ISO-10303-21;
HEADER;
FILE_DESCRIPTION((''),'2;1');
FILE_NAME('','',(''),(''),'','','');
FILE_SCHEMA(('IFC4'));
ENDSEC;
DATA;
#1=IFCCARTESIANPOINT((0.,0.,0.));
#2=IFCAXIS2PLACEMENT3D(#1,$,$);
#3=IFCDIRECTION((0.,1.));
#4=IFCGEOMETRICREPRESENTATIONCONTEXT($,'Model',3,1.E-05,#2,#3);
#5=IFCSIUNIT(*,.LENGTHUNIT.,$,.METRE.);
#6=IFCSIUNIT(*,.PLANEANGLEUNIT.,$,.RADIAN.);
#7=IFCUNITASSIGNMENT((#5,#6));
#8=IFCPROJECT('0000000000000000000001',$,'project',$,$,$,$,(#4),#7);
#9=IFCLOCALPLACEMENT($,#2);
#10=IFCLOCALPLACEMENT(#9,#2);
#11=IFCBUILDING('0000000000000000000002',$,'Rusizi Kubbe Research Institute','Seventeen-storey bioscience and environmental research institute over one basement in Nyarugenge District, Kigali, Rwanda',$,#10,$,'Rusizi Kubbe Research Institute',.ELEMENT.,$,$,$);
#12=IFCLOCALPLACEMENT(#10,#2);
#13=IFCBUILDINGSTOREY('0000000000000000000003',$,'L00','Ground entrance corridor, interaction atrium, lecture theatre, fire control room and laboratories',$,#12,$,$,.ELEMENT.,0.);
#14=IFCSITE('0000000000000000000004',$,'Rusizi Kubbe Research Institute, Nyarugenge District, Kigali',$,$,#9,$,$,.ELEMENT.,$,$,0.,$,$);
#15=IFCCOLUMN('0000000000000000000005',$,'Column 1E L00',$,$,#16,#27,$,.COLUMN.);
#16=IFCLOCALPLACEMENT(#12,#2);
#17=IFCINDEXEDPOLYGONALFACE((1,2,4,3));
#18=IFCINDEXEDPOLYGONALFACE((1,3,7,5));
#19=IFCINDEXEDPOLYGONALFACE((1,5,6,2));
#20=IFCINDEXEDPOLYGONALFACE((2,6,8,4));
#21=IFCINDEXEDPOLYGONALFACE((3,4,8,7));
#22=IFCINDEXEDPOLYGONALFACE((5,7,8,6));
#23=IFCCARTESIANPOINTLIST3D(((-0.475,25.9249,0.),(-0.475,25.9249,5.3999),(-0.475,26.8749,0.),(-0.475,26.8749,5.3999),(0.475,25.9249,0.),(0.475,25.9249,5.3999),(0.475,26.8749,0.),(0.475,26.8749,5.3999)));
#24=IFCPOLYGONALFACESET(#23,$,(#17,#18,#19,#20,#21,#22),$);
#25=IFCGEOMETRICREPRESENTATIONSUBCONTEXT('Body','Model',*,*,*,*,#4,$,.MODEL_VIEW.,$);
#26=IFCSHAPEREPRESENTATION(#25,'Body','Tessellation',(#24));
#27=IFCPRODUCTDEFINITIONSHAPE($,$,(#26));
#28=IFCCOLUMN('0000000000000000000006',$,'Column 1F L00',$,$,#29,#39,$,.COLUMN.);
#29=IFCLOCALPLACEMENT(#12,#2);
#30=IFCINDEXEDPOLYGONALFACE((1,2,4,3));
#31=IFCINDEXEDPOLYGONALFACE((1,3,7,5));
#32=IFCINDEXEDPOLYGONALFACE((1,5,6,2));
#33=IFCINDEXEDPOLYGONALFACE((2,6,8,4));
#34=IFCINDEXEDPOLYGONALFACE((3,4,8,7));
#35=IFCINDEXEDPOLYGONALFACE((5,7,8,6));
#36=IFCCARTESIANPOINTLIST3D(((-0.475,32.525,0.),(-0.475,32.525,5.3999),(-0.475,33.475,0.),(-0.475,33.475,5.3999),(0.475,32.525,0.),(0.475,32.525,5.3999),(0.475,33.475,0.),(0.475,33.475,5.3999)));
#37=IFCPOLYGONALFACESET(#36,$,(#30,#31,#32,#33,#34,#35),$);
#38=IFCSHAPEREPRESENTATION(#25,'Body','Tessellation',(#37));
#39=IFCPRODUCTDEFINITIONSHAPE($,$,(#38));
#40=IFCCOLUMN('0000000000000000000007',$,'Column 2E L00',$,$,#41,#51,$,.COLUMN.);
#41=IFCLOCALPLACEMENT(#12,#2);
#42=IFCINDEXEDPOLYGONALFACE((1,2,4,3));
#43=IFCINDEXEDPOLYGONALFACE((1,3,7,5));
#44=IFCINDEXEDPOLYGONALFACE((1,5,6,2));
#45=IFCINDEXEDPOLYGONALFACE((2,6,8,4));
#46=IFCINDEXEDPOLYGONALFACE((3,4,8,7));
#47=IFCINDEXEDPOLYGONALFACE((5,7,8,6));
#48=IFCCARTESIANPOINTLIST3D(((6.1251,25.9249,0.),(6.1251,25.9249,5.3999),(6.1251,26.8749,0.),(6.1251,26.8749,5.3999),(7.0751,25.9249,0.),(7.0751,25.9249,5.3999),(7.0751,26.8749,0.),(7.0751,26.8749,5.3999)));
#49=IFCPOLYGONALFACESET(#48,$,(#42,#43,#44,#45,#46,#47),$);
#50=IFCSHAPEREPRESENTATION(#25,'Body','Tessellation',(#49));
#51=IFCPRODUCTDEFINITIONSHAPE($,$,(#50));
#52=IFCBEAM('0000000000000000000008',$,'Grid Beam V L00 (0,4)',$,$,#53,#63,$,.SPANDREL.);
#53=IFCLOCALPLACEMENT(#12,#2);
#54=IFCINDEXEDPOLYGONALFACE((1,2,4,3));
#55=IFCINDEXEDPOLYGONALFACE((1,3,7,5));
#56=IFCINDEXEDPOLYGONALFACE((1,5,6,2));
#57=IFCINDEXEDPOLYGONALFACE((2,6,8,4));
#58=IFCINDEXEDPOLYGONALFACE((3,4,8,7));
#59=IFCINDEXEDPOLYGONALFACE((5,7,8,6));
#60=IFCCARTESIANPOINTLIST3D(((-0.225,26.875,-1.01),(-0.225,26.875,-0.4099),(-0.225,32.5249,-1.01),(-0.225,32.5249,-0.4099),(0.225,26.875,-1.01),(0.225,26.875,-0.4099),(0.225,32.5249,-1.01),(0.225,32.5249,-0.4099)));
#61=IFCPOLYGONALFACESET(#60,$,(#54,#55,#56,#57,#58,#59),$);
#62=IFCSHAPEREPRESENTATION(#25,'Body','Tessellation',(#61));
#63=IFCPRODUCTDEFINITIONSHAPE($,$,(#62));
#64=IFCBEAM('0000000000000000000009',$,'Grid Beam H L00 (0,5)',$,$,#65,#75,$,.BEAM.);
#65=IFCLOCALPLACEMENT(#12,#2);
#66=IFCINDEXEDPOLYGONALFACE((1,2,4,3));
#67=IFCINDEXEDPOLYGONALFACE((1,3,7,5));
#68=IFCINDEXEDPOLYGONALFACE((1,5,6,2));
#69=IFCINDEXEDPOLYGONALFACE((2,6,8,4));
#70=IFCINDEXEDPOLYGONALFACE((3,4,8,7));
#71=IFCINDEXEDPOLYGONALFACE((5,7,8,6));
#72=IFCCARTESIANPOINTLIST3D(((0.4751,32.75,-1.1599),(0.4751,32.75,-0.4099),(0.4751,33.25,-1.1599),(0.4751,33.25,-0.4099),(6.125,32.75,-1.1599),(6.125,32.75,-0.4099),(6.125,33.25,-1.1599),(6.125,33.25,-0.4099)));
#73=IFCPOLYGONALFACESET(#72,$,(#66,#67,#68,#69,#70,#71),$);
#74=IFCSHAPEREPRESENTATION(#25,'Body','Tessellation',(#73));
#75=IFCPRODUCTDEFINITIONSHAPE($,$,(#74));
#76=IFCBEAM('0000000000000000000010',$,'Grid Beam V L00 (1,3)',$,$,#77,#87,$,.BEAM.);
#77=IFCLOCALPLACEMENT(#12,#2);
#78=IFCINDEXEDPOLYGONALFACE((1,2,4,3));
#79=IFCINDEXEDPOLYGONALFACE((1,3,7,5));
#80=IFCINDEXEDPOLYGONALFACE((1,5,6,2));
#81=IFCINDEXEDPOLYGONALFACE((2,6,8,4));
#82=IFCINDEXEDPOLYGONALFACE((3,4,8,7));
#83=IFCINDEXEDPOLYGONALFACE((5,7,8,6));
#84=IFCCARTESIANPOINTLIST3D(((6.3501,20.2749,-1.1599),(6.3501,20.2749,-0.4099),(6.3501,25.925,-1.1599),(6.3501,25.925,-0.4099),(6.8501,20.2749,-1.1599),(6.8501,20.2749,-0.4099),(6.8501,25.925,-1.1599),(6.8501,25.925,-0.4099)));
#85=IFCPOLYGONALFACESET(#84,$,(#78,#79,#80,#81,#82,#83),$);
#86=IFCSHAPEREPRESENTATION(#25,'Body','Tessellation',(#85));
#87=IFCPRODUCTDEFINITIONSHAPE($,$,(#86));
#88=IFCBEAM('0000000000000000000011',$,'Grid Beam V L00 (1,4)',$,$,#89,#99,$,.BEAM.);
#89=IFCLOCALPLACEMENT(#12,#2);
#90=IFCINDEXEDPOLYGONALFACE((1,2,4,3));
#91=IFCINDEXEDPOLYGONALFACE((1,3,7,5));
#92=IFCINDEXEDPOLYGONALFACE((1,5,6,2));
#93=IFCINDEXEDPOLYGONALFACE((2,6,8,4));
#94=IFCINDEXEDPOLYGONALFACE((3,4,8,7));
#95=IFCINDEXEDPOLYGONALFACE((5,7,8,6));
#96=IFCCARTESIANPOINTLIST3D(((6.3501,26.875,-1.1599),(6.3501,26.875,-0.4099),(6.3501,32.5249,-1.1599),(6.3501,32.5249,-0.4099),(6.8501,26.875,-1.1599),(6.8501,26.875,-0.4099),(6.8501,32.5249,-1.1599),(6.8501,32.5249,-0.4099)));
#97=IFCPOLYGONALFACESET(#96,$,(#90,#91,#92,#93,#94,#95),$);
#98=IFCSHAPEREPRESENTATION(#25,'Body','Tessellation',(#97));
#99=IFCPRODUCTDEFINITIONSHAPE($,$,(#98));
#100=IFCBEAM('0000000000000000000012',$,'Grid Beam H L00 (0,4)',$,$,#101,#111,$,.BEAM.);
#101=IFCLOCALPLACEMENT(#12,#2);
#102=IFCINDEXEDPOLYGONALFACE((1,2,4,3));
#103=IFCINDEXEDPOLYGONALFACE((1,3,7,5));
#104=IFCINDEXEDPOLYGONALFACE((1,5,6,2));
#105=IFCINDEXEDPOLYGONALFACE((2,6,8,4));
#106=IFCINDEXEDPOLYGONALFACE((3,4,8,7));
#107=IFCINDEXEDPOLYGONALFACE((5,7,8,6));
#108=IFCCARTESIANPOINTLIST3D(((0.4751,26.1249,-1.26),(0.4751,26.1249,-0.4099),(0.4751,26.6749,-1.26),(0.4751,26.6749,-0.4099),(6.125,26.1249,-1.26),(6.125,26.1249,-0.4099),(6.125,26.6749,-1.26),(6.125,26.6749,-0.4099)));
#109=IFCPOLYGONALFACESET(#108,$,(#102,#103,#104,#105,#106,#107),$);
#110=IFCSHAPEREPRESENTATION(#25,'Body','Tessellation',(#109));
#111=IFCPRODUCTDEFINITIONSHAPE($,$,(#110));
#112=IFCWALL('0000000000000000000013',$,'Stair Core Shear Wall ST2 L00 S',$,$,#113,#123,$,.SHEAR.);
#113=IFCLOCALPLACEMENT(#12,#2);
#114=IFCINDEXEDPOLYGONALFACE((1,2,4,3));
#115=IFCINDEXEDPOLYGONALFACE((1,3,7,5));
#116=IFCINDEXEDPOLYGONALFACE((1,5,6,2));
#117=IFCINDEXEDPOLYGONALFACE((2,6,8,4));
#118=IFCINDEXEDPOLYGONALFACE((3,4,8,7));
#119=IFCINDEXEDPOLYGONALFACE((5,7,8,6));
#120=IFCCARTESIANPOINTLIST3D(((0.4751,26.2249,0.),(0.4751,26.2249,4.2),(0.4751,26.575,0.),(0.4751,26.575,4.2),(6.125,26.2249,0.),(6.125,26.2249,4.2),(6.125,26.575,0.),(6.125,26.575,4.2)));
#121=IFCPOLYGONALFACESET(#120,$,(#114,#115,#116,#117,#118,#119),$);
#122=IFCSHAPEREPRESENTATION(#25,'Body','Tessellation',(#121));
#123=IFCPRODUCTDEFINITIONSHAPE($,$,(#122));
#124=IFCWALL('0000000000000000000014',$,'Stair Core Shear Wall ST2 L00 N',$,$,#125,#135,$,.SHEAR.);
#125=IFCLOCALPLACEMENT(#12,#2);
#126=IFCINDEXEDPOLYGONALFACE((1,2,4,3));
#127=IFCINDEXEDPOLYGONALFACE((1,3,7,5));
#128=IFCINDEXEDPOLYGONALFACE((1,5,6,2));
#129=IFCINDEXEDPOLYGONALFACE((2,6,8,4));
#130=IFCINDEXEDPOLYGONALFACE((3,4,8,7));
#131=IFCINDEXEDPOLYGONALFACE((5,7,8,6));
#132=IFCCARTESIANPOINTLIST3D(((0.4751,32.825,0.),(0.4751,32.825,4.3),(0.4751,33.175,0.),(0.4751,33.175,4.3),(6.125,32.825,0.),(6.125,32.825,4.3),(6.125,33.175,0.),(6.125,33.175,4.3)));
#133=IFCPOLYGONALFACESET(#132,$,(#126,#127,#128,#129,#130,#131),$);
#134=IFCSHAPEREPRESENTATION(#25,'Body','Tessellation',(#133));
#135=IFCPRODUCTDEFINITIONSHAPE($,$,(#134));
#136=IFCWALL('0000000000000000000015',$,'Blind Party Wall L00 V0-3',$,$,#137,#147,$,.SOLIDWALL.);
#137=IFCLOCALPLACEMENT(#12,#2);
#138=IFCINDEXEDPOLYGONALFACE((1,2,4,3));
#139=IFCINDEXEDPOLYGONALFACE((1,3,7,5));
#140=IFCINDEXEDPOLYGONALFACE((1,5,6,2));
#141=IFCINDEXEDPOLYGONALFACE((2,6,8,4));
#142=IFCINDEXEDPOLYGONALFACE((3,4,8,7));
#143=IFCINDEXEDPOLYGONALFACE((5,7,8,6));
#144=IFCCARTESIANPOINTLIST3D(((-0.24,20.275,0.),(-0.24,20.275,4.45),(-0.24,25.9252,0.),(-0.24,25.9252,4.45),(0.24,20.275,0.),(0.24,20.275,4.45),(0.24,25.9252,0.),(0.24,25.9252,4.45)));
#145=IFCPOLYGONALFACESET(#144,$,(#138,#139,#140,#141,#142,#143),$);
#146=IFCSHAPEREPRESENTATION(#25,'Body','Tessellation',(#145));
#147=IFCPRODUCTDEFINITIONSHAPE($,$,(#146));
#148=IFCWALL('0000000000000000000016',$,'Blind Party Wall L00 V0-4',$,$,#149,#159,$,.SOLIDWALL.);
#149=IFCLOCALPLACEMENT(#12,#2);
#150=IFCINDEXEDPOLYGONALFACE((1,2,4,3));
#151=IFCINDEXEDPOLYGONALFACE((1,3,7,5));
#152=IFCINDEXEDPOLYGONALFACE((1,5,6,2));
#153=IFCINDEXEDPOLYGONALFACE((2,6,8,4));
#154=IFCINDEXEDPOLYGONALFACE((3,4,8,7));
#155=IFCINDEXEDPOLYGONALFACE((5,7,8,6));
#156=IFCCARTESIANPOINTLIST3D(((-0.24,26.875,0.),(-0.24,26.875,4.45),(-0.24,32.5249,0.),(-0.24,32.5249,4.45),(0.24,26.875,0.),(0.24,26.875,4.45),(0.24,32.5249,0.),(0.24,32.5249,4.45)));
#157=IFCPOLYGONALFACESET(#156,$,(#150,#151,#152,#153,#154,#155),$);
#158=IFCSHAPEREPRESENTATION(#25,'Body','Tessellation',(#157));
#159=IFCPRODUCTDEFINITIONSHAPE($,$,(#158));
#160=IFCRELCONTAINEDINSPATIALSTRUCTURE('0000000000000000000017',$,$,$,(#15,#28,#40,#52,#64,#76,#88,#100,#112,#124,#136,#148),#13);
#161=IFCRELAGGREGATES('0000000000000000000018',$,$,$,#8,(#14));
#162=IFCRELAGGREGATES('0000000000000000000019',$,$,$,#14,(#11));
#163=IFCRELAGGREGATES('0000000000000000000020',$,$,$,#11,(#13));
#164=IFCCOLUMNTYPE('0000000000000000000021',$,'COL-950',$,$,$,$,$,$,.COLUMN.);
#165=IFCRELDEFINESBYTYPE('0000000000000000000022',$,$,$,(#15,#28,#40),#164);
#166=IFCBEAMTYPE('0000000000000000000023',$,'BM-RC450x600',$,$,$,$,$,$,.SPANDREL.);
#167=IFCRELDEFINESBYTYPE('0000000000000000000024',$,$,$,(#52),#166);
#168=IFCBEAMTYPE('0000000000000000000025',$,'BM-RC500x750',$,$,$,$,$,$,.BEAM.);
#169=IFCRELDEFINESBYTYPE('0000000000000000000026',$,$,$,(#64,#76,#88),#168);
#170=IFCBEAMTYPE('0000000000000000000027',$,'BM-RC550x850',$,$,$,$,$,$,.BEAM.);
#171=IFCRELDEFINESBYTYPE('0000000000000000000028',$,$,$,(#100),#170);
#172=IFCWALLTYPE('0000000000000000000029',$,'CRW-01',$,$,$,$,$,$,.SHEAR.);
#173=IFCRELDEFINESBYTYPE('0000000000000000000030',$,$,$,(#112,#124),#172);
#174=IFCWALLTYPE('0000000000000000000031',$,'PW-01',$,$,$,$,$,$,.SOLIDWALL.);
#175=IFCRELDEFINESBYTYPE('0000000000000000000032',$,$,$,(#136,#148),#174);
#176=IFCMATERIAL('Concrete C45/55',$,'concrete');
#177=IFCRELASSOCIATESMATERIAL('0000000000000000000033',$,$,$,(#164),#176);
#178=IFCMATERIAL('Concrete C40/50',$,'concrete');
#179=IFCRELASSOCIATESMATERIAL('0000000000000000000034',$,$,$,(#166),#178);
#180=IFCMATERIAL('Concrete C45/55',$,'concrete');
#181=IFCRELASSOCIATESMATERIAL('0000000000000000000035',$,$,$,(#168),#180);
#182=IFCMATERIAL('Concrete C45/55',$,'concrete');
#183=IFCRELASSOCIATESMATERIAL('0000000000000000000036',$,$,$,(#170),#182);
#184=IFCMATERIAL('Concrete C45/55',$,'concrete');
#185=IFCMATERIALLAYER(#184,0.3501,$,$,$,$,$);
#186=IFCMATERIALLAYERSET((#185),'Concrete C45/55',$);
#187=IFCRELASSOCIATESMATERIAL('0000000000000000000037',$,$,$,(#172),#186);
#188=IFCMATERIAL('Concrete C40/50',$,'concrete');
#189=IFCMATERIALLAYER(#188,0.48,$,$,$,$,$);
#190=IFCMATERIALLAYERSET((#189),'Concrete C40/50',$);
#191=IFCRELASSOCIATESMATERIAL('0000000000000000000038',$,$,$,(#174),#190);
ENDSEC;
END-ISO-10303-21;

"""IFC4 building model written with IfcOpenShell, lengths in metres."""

from ifc_helpers import new_model, si_unit, direction, frame, frame_2d, origin, origin_2d, place, context, subcontext, project, spatial, rectangle, extrude, material, layer, layer_set, material_profile, profile_set, type_object, element, save


model = new_model("IFC4")

# Units and contexts
model_context = context("Model", 3, precision=1e-05, world=origin(), true_north=direction((0.0, 1.0)))
body_context = subcontext(model_context, "Body", "Model", "MODEL_VIEW")
ifc_project = project(units=[si_unit("LENGTHUNIT", "METRE"), si_unit("PLANEANGLEUNIT", "RADIAN")], contexts=[model_context])

# Site, building, storey
site_placement = place(None, origin())
site = spatial("IfcSite", under=ifc_project, at=site_placement, Name="Rusizi Kubbe Research Institute, Nyarugenge District, Kigali", CompositionType="ELEMENT", RefElevation=0.0)
building_placement = place(site_placement, origin())
building = spatial("IfcBuilding", under=site, at=building_placement, Name="Rusizi Kubbe Research Institute", Description="Seventeen-storey bioscience and environmental research institute over one basement in Nyarugenge District, Kigali, Rwanda", LongName="Rusizi Kubbe Research Institute", CompositionType="ELEMENT")
storey_placement = place(building_placement, origin())
storey = spatial("IfcBuildingStorey", under=building, at=storey_placement, Name="L00", Description="Ground entrance corridor, interaction atrium, lecture theatre, fire control room and laboratories", CompositionType="ELEMENT", Elevation=0.0)

# Columns
ifc_material_1 = material(Name="Concrete C45/55", Category="concrete")
ifc_material_profile_1 = material_profile(ifc_material_1, rectangle(XDim=0.95, YDim=0.95, at=origin_2d()), Name="RC950x950")
ifc_profile_set_1 = profile_set([ifc_material_profile_1], Name="Concrete C45/55")
column_type = type_object("IfcColumnType", Name="COL-950", PredefinedType="COLUMN", material=ifc_profile_set_1)
for number, where, z_axis, x_axis, name in (
    (1, (0.0, 26.3999, 0.0), (0.0, 0.0, 1.0), (1.0, 0.0, 0.0), "Column 1E L00"),
    (2, (0.0, 33.0, 0.0), (0.0, 0.0, 1.0), (1.0, 0.0, 0.0), "Column 1F L00"),
    (3, (6.6001, 26.3999, 0.0), (0.0, 0.0, 1.0), (1.0, 0.0, 0.0), "Column 2E L00"),
):
    element("IfcColumn", number, at=place(storey_placement, frame(where, z_axis=z_axis, x_axis=x_axis)), inside=storey, type_object=column_type, Name=name, PredefinedType="COLUMN", context=body_context, shape_type="SweptSolid", body=[
        extrude(rectangle(XDim=0.95, YDim=0.95, at=origin_2d()), origin(), (0.0, 0.0, 1.0), 5.3999),
    ])

# Beams
ifc_material_2 = material(Name="Concrete C40/50", Category="concrete")
ifc_material_profile_2 = material_profile(ifc_material_2, rectangle(XDim=0.45, YDim=0.6001, at=origin_2d()), Name="RC450x600")
ifc_profile_set_2 = profile_set([ifc_material_profile_2], Name="Concrete C40/50")
beam_type_1 = type_object("IfcBeamType", Name="BM-RC450x600", PredefinedType="SPANDREL", material=ifc_profile_set_2)
beam_1_placement = place(storey_placement, frame((0.0, 26.875, -0.71), z_axis=(0.0, 1.0, 0.0), x_axis=(-1.0, 0.0, 0.0)))
element("IfcBeam", 4, at=beam_1_placement, inside=storey, type_object=beam_type_1, Name="Grid Beam V L00 (0,4)", PredefinedType="SPANDREL", context=body_context, shape_type="SweptSolid", body=[
    extrude(rectangle(XDim=0.45, YDim=0.6001, at=origin_2d()), origin(), (0.0, 0.0, 1.0), 5.6499),
])
ifc_material_3 = material(Name="Concrete C45/55", Category="concrete")
ifc_material_profile_3 = material_profile(ifc_material_3, rectangle(XDim=0.5, YDim=0.75, at=origin_2d()), Name="RC500x750B")
ifc_profile_set_3 = profile_set([ifc_material_profile_3], Name="Concrete C45/55")
beam_type_2 = type_object("IfcBeamType", Name="BM-RC500x750", PredefinedType="BEAM", material=ifc_profile_set_3)
beam_2_placement = place(storey_placement, frame((0.4751, 33.0, -0.7849), z_axis=(1.0, 0.0, 0.0), x_axis=(0.0, 1.0, 0.0)))
element("IfcBeam", 5, at=beam_2_placement, inside=storey, type_object=beam_type_2, Name="Grid Beam H L00 (0,5)", PredefinedType="BEAM", context=body_context, shape_type="SweptSolid", body=[
    extrude(rectangle(XDim=0.5, YDim=0.75, at=origin_2d()), origin(), (0.0, 0.0, 1.0), 5.6499),
])
beam_3_placement = place(storey_placement, frame((6.6001, 20.2749, -0.7849), z_axis=(0.0, 1.0, 0.0), x_axis=(-1.0, 0.0, 0.0)))
element("IfcBeam", 6, at=beam_3_placement, inside=storey, type_object=beam_type_2, Name="Grid Beam V L00 (1,3)", PredefinedType="BEAM", context=body_context, shape_type="SweptSolid", body=[
    extrude(rectangle(XDim=0.5, YDim=0.75, at=origin_2d()), origin(), (0.0, 0.0, 1.0), 5.6501),
])
beam_4_placement = place(storey_placement, frame((6.6001, 26.875, -0.7849), z_axis=(0.0, 1.0, 0.0), x_axis=(-1.0, 0.0, 0.0)))
element("IfcBeam", 7, at=beam_4_placement, inside=storey, type_object=beam_type_2, Name="Grid Beam V L00 (1,4)", PredefinedType="BEAM", context=body_context, shape_type="SweptSolid", body=[
    extrude(rectangle(XDim=0.5, YDim=0.75, at=origin_2d()), origin(), (0.0, 0.0, 1.0), 5.6499),
])
ifc_material_4 = material(Name="Concrete C45/55", Category="concrete")
ifc_material_profile_4 = material_profile(ifc_material_4, rectangle(XDim=0.55, YDim=0.8501, at=origin_2d()), Name="RC550x850")
ifc_profile_set_4 = profile_set([ifc_material_profile_4], Name="Concrete C45/55")
beam_type_3 = type_object("IfcBeamType", Name="BM-RC550x850", PredefinedType="BEAM", material=ifc_profile_set_4)
beam_5_placement = place(storey_placement, frame((0.4751, 26.3999, -0.835), z_axis=(1.0, 0.0, 0.0), x_axis=(0.0, 1.0, 0.0)))
element("IfcBeam", 8, at=beam_5_placement, inside=storey, type_object=beam_type_3, Name="Grid Beam H L00 (0,4)", PredefinedType="BEAM", context=body_context, shape_type="SweptSolid", body=[
    extrude(rectangle(XDim=0.55, YDim=0.8501, at=origin_2d()), origin(), (0.0, 0.0, 1.0), 5.6499),
])

# Walls
ifc_material_5 = material(Name="Concrete C45/55", Category="concrete")
ifc_layer_1 = layer(ifc_material_5, 0.3501)
ifc_layer_set_1 = layer_set([ifc_layer_1], Name="Concrete C45/55")
wall_type_1 = type_object("IfcWallType", Name="CRW-01", PredefinedType="SHEAR", material=ifc_layer_set_1)
wall_1_placement = place(storey_placement, frame((0.4751, 26.3999, 0.0), z_axis=(0.0, 0.0, 1.0), x_axis=(1.0, 0.0, 0.0)))
element("IfcWall", 9, at=wall_1_placement, inside=storey, type_object=wall_type_1, Name="Stair Core Shear Wall ST2 L00 S", PredefinedType="SHEAR", context=body_context, shape_type="SweptSolid", body=[
    extrude(rectangle(XDim=5.6499, YDim=0.3501, at=frame_2d((2.825, 0.0))), origin(), (0.0, 0.0, 1.0), 4.2),
])
wall_2_placement = place(storey_placement, frame((0.4751, 33.0, 0.0), z_axis=(0.0, 0.0, 1.0), x_axis=(1.0, 0.0, 0.0)))
element("IfcWall", 10, at=wall_2_placement, inside=storey, type_object=wall_type_1, Name="Stair Core Shear Wall ST2 L00 N", PredefinedType="SHEAR", context=body_context, shape_type="SweptSolid", body=[
    extrude(rectangle(XDim=5.6499, YDim=0.3501, at=frame_2d((2.825, 0.0))), origin(), (0.0, 0.0, 1.0), 4.3),
])
ifc_material_6 = material(Name="Concrete C40/50", Category="concrete")
ifc_layer_2 = layer(ifc_material_6, 0.48)
ifc_layer_set_2 = layer_set([ifc_layer_2], Name="Concrete C40/50")
wall_type_2 = type_object("IfcWallType", Name="PW-01", PredefinedType="SOLIDWALL", material=ifc_layer_set_2)
wall_3_placement = place(storey_placement, frame((0.0, 20.2749, 0.0), z_axis=(0.0, 0.0, 1.0), x_axis=(0.0, 1.0, 0.0)))
element("IfcWall", 11, at=wall_3_placement, inside=storey, type_object=wall_type_2, Name="Blind Party Wall L00 V0-3", PredefinedType="SOLIDWALL", context=body_context, shape_type="SweptSolid", body=[
    extrude(rectangle(XDim=5.6501, YDim=0.48, at=frame_2d((2.8252, 0.0))), origin(), (0.0, 0.0, 1.0), 4.45),
])
wall_4_placement = place(storey_placement, frame((0.0, 26.875, 0.0), z_axis=(0.0, 0.0, 1.0), x_axis=(0.0, 1.0, 0.0)))
element("IfcWall", 12, at=wall_4_placement, inside=storey, type_object=wall_type_2, Name="Blind Party Wall L00 V0-4", PredefinedType="SOLIDWALL", context=body_context, shape_type="SweptSolid", body=[
    extrude(rectangle(XDim=5.6499, YDim=0.48, at=frame_2d((2.825, 0.0))), origin(), (0.0, 0.0, 1.0), 4.45),
])

save(model, "model.ifc")
